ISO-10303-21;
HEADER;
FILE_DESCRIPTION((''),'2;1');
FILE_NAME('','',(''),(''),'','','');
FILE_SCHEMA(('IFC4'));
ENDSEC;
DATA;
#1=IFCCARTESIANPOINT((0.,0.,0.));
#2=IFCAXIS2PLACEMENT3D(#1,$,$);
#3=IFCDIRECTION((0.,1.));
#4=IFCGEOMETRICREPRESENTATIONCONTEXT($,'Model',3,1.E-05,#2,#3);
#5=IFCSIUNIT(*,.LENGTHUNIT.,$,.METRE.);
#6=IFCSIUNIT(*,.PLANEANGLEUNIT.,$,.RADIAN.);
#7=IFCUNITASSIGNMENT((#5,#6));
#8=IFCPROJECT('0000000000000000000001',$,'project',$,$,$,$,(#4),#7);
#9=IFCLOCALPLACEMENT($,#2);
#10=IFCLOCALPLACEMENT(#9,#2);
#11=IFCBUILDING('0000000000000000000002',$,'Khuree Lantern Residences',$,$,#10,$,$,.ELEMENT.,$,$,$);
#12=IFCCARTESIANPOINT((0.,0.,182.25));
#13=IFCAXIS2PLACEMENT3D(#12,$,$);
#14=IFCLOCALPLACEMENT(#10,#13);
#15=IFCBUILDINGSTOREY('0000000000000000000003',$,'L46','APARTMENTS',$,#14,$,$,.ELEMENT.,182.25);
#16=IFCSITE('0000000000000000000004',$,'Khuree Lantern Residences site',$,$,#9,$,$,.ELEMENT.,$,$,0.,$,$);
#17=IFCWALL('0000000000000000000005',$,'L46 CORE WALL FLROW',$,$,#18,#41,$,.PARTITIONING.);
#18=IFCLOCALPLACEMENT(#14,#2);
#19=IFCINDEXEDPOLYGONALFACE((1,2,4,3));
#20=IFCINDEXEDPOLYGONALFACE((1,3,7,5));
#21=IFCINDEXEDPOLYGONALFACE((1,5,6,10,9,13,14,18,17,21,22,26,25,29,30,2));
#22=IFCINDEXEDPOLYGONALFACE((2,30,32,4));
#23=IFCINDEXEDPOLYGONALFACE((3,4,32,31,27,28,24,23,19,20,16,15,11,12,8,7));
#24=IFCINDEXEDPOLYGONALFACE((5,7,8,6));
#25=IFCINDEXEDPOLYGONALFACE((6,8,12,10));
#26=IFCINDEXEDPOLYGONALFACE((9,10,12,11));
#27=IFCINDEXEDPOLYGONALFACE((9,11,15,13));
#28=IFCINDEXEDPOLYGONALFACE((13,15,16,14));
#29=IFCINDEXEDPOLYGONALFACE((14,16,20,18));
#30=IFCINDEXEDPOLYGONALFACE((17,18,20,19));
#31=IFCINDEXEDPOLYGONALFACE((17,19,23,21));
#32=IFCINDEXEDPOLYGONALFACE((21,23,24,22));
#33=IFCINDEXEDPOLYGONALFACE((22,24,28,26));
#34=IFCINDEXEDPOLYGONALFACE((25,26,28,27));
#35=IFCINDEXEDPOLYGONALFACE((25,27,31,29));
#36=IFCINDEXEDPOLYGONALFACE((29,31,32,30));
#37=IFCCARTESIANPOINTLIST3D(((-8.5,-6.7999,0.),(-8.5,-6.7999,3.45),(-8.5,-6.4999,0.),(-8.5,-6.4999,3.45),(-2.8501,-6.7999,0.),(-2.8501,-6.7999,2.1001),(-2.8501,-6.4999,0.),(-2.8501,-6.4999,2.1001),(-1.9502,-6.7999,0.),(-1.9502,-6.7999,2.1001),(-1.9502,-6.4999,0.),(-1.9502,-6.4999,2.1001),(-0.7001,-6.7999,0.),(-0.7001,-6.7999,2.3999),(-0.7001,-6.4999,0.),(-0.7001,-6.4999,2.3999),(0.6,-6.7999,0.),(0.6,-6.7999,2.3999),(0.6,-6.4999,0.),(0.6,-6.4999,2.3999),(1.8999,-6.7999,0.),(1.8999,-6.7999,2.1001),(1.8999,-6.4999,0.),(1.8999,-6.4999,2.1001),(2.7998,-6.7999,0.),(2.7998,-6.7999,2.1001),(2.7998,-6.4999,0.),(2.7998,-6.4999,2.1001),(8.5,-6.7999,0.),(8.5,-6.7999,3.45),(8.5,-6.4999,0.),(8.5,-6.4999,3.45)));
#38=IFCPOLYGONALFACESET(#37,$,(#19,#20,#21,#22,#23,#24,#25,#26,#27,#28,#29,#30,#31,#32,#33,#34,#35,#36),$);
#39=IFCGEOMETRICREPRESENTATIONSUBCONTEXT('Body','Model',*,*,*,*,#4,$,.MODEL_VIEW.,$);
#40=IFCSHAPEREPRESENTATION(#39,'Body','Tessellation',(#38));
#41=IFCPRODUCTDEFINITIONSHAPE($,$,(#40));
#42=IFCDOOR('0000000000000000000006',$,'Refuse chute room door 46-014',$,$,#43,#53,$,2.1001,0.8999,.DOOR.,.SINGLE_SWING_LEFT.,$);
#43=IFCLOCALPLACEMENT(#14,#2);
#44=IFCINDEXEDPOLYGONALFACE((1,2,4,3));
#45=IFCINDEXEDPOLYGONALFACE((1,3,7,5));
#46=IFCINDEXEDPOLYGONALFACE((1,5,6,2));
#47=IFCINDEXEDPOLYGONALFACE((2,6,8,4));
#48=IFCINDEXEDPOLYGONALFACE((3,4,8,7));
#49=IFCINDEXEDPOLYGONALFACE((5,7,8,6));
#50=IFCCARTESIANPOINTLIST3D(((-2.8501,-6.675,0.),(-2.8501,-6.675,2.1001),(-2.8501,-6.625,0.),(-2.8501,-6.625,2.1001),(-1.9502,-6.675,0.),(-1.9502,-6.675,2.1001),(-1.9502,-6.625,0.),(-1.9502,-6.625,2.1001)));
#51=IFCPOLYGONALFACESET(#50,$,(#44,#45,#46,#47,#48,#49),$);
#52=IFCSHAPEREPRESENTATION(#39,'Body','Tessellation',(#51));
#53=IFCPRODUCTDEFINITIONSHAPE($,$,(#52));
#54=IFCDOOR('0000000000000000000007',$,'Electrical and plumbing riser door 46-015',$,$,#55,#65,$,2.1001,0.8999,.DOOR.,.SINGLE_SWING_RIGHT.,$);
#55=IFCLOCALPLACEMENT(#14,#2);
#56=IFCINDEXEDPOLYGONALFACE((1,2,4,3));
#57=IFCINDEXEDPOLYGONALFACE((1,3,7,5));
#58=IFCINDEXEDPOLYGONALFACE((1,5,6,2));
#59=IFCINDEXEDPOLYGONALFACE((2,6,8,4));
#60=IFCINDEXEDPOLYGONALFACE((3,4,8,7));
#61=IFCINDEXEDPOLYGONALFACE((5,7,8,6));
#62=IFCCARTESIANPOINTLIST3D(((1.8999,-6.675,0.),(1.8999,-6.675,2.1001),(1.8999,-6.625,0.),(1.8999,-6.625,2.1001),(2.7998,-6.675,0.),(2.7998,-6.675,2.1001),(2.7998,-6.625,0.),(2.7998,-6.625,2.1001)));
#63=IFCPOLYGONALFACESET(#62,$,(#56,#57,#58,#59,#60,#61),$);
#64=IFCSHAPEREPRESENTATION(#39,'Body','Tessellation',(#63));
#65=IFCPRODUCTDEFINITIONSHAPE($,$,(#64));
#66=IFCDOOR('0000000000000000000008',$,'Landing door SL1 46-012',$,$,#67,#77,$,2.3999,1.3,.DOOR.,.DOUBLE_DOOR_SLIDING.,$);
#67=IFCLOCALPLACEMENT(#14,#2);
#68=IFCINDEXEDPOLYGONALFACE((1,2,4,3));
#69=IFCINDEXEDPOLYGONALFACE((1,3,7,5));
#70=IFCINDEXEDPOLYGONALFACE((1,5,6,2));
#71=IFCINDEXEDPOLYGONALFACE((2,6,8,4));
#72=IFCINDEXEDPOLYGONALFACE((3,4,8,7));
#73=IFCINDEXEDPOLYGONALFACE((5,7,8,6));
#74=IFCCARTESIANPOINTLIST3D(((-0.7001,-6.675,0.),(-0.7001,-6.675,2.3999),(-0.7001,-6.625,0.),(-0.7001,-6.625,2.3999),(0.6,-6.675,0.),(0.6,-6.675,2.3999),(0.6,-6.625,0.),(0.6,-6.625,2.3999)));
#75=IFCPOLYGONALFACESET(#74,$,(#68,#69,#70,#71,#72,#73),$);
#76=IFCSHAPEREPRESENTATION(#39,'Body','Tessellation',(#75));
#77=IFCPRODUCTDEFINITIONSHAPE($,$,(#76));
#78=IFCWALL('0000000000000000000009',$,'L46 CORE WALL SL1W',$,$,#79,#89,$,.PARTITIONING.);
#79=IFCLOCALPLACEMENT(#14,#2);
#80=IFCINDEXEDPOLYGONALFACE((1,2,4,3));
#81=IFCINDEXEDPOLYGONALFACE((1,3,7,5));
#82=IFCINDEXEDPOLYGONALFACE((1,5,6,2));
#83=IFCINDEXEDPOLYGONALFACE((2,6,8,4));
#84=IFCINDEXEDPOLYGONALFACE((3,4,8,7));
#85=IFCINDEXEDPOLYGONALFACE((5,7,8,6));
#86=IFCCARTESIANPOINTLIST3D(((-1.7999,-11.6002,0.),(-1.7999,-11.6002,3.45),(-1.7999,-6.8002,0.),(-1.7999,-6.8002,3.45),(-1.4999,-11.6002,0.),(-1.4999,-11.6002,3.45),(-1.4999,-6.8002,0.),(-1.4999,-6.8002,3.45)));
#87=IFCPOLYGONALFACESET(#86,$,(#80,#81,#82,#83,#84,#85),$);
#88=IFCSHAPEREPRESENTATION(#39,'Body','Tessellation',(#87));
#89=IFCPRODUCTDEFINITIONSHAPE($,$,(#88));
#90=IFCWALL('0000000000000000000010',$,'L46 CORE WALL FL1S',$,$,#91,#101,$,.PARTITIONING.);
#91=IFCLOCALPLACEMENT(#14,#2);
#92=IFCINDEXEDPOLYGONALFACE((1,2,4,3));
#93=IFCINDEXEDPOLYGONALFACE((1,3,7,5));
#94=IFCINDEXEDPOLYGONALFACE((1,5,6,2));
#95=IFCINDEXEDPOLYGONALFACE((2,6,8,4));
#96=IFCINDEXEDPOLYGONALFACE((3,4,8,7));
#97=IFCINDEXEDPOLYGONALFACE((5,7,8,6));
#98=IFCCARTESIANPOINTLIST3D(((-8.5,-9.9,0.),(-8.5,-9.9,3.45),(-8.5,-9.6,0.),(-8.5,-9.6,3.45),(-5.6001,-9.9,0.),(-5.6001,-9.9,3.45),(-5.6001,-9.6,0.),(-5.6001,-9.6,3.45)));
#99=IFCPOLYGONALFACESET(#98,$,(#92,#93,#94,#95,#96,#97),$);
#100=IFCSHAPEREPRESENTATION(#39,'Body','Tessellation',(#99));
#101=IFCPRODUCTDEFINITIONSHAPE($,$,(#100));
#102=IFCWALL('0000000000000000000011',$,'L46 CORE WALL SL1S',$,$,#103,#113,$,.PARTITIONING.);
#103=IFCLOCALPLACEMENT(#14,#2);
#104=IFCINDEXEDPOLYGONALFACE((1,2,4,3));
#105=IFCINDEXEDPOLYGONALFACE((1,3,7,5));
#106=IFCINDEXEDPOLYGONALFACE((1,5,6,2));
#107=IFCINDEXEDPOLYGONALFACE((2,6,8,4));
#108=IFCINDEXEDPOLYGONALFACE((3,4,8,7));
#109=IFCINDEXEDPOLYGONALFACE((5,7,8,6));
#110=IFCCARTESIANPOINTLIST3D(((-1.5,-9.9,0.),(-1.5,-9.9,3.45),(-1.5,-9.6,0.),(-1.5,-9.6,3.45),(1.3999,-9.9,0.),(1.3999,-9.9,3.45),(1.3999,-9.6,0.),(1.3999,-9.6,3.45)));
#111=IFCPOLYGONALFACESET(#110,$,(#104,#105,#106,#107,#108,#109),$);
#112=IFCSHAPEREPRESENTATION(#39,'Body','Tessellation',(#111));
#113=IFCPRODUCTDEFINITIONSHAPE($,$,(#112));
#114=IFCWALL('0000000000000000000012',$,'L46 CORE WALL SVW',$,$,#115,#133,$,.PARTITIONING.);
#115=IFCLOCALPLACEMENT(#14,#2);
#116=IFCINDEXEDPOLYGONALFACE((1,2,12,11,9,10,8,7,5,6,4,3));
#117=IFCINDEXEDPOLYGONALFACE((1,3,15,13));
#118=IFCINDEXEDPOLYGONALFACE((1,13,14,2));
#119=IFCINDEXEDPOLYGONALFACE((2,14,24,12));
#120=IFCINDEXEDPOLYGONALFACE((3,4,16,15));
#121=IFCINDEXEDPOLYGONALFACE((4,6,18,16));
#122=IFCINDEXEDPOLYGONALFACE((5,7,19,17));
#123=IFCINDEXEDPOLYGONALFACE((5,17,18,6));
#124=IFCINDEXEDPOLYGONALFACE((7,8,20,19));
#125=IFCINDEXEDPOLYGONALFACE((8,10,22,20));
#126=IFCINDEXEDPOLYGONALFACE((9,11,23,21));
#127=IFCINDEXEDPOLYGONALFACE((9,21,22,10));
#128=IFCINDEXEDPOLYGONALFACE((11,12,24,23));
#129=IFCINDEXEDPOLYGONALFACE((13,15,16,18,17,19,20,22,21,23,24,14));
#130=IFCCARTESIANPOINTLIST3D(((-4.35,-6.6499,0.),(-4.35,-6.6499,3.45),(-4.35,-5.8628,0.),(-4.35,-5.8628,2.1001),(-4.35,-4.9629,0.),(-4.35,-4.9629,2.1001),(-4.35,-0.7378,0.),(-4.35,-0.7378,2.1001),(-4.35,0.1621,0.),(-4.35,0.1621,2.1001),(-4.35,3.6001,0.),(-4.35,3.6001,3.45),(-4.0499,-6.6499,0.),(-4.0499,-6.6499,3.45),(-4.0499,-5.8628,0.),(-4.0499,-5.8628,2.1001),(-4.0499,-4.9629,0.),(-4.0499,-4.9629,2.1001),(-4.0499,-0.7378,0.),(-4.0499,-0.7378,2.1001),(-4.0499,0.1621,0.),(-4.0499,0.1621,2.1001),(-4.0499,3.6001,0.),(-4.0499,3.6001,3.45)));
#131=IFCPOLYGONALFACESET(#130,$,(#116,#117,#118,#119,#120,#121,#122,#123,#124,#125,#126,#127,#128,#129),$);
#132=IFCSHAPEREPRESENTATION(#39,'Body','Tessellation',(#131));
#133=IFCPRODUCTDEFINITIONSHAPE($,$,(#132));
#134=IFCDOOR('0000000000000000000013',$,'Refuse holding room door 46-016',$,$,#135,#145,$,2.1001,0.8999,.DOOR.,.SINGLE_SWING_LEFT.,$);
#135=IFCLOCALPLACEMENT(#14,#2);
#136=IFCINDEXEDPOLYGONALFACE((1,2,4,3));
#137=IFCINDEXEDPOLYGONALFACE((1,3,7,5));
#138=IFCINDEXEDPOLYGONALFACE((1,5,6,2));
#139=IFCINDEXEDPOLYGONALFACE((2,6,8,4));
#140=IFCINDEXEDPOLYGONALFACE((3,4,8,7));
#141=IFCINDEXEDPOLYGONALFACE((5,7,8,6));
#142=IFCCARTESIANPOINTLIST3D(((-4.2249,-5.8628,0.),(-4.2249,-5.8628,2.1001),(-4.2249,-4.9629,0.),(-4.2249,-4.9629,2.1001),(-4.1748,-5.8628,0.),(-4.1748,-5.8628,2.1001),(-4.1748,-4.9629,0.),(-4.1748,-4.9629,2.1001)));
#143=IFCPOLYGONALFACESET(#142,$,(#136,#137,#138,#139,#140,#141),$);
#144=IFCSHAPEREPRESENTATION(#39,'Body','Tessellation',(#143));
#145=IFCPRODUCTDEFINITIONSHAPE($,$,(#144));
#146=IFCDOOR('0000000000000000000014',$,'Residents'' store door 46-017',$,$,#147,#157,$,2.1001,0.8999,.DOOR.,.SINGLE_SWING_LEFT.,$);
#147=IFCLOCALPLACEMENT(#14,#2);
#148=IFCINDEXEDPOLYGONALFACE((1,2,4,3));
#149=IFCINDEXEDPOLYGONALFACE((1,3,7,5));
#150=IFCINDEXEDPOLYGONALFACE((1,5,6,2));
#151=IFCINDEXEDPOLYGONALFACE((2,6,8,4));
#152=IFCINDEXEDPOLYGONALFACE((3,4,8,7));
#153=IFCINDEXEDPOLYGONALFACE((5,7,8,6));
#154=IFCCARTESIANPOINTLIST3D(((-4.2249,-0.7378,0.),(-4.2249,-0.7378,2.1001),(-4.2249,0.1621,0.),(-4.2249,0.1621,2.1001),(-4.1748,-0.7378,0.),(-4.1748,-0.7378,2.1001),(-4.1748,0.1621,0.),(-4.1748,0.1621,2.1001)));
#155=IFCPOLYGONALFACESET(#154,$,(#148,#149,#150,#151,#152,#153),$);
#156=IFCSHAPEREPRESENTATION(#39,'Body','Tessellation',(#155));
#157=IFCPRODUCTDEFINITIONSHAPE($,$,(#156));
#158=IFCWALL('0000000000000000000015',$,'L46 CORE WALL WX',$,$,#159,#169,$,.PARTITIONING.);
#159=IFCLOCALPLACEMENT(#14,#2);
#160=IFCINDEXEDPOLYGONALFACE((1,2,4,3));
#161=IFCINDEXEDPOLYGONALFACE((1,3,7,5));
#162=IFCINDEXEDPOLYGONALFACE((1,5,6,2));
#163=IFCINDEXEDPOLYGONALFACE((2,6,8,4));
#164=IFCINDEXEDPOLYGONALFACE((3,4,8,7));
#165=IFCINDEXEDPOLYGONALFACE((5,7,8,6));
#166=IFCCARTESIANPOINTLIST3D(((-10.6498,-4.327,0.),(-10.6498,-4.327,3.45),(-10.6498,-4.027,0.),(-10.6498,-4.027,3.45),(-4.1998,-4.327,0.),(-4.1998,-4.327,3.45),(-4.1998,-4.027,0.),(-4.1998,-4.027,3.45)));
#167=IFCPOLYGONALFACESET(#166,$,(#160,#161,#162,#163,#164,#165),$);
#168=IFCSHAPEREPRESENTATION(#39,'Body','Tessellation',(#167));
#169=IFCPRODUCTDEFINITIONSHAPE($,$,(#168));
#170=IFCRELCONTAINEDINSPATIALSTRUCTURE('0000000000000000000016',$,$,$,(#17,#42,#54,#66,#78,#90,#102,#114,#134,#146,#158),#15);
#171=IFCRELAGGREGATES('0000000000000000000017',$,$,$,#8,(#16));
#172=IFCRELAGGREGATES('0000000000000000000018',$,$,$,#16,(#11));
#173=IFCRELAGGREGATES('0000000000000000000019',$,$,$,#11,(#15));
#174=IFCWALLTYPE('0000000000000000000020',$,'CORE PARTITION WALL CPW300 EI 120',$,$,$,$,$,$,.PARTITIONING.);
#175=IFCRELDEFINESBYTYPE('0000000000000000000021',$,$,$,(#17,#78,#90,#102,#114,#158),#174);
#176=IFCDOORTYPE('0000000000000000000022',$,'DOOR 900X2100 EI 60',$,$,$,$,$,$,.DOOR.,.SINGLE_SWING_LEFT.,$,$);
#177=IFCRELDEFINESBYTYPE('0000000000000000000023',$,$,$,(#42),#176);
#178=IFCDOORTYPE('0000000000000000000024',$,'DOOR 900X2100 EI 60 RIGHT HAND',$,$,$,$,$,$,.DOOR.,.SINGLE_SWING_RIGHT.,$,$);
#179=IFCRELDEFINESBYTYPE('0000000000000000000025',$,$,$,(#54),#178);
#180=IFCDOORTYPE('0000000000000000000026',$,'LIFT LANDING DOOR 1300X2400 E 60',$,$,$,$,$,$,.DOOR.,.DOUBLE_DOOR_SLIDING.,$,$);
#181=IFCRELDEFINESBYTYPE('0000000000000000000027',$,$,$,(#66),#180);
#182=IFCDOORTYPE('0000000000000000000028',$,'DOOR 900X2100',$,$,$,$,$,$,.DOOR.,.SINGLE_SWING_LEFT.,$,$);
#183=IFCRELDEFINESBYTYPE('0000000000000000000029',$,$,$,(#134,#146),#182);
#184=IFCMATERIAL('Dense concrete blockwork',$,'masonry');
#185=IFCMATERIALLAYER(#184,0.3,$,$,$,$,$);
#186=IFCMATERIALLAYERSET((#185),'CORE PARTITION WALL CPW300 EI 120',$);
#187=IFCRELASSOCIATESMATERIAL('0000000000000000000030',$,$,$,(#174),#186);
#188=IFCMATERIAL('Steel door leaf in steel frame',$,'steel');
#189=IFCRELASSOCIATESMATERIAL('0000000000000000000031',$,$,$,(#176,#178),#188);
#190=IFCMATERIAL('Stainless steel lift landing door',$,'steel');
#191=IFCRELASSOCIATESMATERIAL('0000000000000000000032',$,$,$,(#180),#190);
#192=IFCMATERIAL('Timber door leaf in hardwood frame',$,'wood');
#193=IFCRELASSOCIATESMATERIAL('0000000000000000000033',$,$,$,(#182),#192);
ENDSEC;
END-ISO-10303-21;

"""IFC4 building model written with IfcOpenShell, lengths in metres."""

from ifc_helpers import new_model, si_unit, direction, frame, frame_2d, origin, place, context, subcontext, project, spatial, rectangle, extrude, material, layer, layer_set, type_object, element, fill, save


model = new_model("IFC4")

# Units and contexts
model_context = context("Model", 3, precision=1e-05, world=origin(), true_north=direction((0.0, 1.0)))
body_context = subcontext(model_context, "Body", "Model", "MODEL_VIEW")
ifc_project = project(units=[si_unit("LENGTHUNIT", "METRE"), si_unit("PLANEANGLEUNIT", "RADIAN")], contexts=[model_context])

# Site, building, storey
site_placement = place(None, origin())
site = spatial("IfcSite", under=ifc_project, at=site_placement, Name="Khuree Lantern Residences site", CompositionType="ELEMENT", RefElevation=0.0)
building_placement = place(site_placement, origin())
building = spatial("IfcBuilding", under=site, at=building_placement, Name="Khuree Lantern Residences", CompositionType="ELEMENT")
storey_placement = place(building_placement, frame((0.0, 0.0, 182.25)))
storey = spatial("IfcBuildingStorey", under=building, at=storey_placement, Name="L46", Description="APARTMENTS", CompositionType="ELEMENT", Elevation=182.25)

# Wall, openings, doors
ifc_material_1 = material(Name="Dense concrete blockwork", Category="masonry")
ifc_layer_1 = layer(ifc_material_1, 0.3)
ifc_layer_set_1 = layer_set([ifc_layer_1], Name="CORE PARTITION WALL CPW300 EI 120")
wall_type_1 = type_object("IfcWallType", Name="CORE PARTITION WALL CPW300 EI 120", PredefinedType="PARTITIONING", material=ifc_layer_set_1)
wall_1_placement = place(storey_placement, frame((-8.5, -6.6499, 0.0), z_axis=(0.0, 0.0, 1.0), x_axis=(1.0, 0.0, 0.0)))
wall_1 = element("IfcWall", 1, at=wall_1_placement, inside=storey, type_object=wall_type_1, Name="L46 CORE WALL FLROW", PredefinedType="PARTITIONING", context=body_context, shape_type="SweptSolid", body=[
    extrude(rectangle(XDim=17.0, YDim=0.3, at=frame_2d((8.5, 0.0))), origin(), (0.0, 0.0, 1.0), 3.45),
])
opening_1_placement = place(wall_1_placement, frame((7.8, 0.0, 0.0)))
opening_1 = element("IfcOpeningElement", 2, at=opening_1_placement, cuts=wall_1, PredefinedType="OPENING", context=body_context, shape_type="SweptSolid", body=[
    extrude(rectangle(XDim=1.3, YDim=2.3999, at=frame_2d((0.6499, 1.2))), frame((0.0, 0.1602, 0.0), z_axis=(0.0, -1.0, 0.0), x_axis=(1.0, 0.0, 0.0)), (0.0, 0.0, 1.0), 0.3201),
])
opening_2_placement = place(wall_1_placement, frame((5.6499, 0.0, 0.0)))
opening_2 = element("IfcOpeningElement", 3, at=opening_2_placement, cuts=wall_1, PredefinedType="OPENING", context=body_context, shape_type="SweptSolid", body=[
    extrude(rectangle(XDim=0.8999, YDim=2.1001, at=frame_2d((0.45, 1.05))), frame((0.0, 0.1602, 0.0), z_axis=(0.0, -1.0, 0.0), x_axis=(1.0, 0.0, 0.0)), (0.0, 0.0, 1.0), 0.3201),
])
opening_3_placement = place(wall_1_placement, frame((10.3999, 0.0, 0.0)))
opening_3 = element("IfcOpeningElement", 4, at=opening_3_placement, cuts=wall_1, PredefinedType="OPENING", context=body_context, shape_type="SweptSolid", body=[
    extrude(rectangle(XDim=0.8999, YDim=2.1001, at=frame_2d((0.45, 1.05))), frame((0.0, 0.1602, 0.0), z_axis=(0.0, -1.0, 0.0), x_axis=(1.0, 0.0, 0.0)), (0.0, 0.0, 1.0), 0.3201),
])
ifc_material_2 = material(Name="Steel door leaf in steel frame", Category="steel")
door_type_1 = type_object("IfcDoorType", Name="DOOR 900X2100 EI 60", OperationType="SINGLE_SWING_LEFT", PredefinedType="DOOR", material=ifc_material_2)
door_1_placement = place(opening_2_placement, origin())
door_1 = element("IfcDoor", 5, at=door_1_placement, inside=storey, type_object=door_type_1, Name="Refuse chute room door 46-014", OperationType="SINGLE_SWING_LEFT", OverallHeight=2.1001, OverallWidth=0.8999, PredefinedType="DOOR", context=body_context, shape_type="SweptSolid", body=[
    extrude(rectangle(XDim=0.8999, YDim=2.1001, at=frame_2d((0.45, 1.05))), frame((0.0, 0.0249, 0.0), z_axis=(0.0, -1.0, 0.0), x_axis=(1.0, 0.0, 0.0)), (0.0, 0.0, 1.0), 0.05),
])
fill(opening_2, door_1)
door_type_2 = type_object("IfcDoorType", Name="DOOR 900X2100 EI 60 RIGHT HAND", OperationType="SINGLE_SWING_RIGHT", PredefinedType="DOOR", material=ifc_material_2)
door_2_placement = place(opening_3_placement, origin())
door_2 = element("IfcDoor", 6, at=door_2_placement, inside=storey, type_object=door_type_2, Name="Electrical and plumbing riser door 46-015", OperationType="SINGLE_SWING_RIGHT", OverallHeight=2.1001, OverallWidth=0.8999, PredefinedType="DOOR", context=body_context, shape_type="SweptSolid", body=[
    extrude(rectangle(XDim=0.8999, YDim=2.1001, at=frame_2d((0.45, 1.05))), frame((0.0, 0.0249, 0.0), z_axis=(0.0, -1.0, 0.0), x_axis=(1.0, 0.0, 0.0)), (0.0, 0.0, 1.0), 0.05),
])
fill(opening_3, door_2)
ifc_material_3 = material(Name="Stainless steel lift landing door", Category="steel")
door_type_3 = type_object("IfcDoorType", Name="LIFT LANDING DOOR 1300X2400 E 60", OperationType="DOUBLE_DOOR_SLIDING", PredefinedType="DOOR", material=ifc_material_3)
door_3_placement = place(opening_1_placement, origin())
door_3 = element("IfcDoor", 7, at=door_3_placement, inside=storey, type_object=door_type_3, Name="Landing door SL1 46-012", OperationType="DOUBLE_DOOR_SLIDING", OverallHeight=2.3999, OverallWidth=1.3, PredefinedType="DOOR", context=body_context, shape_type="SweptSolid", body=[
    extrude(rectangle(XDim=1.3, YDim=2.3999, at=frame_2d((0.6499, 1.2))), frame((0.0, 0.0249, 0.0), z_axis=(0.0, -1.0, 0.0), x_axis=(1.0, 0.0, 0.0)), (0.0, 0.0, 1.0), 0.05),
])
fill(opening_1, door_3)

# Walls
wall_2_placement = place(storey_placement, frame((-1.6499, -11.6001, 0.0), z_axis=(0.0, 0.0, 1.0), x_axis=(0.0, 1.0, 0.0)))
element("IfcWall", 8, at=wall_2_placement, inside=storey, type_object=wall_type_1, Name="L46 CORE WALL SL1W", PredefinedType="PARTITIONING", context=body_context, shape_type="SweptSolid", body=[
    extrude(rectangle(XDim=4.8, YDim=0.3, at=frame_2d((2.3999, 0.0))), origin(), (0.0, 0.0, 1.0), 3.45),
])
for number, where, z_axis, x_axis, name in (
    (9, (-8.5, -9.75, 0.0), (0.0, 0.0, 1.0), (1.0, 0.0, 0.0), "L46 CORE WALL FL1S"),
    (10, (-1.5, -9.75, 0.0), (0.0, 0.0, 1.0), (1.0, 0.0, 0.0), "L46 CORE WALL SL1S"),
):
    element("IfcWall", number, at=place(storey_placement, frame(where, z_axis=z_axis, x_axis=x_axis)), inside=storey, type_object=wall_type_1, Name=name, PredefinedType="PARTITIONING", context=body_context, shape_type="SweptSolid", body=[
        extrude(rectangle(XDim=2.8999, YDim=0.3, at=frame_2d((1.45, 0.0))), origin(), (0.0, 0.0, 1.0), 3.45),
    ])

# Wall, openings, doors
wall_3_placement = place(storey_placement, frame((-4.2, -6.6499, 0.0), z_axis=(0.0, 0.0, 1.0), x_axis=(0.0, 1.0, 0.0)))
wall_3 = element("IfcWall", 11, at=wall_3_placement, inside=storey, type_object=wall_type_1, Name="L46 CORE WALL SVW", PredefinedType="PARTITIONING", context=body_context, shape_type="SweptSolid", body=[
    extrude(rectangle(XDim=10.25, YDim=0.3, at=frame_2d((5.125, 0.0))), origin(), (0.0, 0.0, 1.0), 3.45),
])
opening_4_placement = place(wall_3_placement, frame((0.7871, 0.0, 0.0)))
opening_4 = element("IfcOpeningElement", 12, at=opening_4_placement, cuts=wall_3, PredefinedType="OPENING", context=body_context, shape_type="SweptSolid", body=[
    extrude(rectangle(XDim=0.8999, YDim=2.1001, at=frame_2d((0.45, 1.05))), frame((0.0, 0.1602, 0.0), z_axis=(0.0, -1.0, 0.0), x_axis=(1.0, 0.0, 0.0)), (0.0, 0.0, 1.0), 0.3201),
])
opening_5_placement = place(wall_3_placement, frame((5.9121, 0.0, 0.0)))
opening_5 = element("IfcOpeningElement", 13, at=opening_5_placement, cuts=wall_3, PredefinedType="OPENING", context=body_context, shape_type="SweptSolid", body=[
    extrude(rectangle(XDim=0.8999, YDim=2.1001, at=frame_2d((0.45, 1.05))), frame((0.0, 0.1602, 0.0), z_axis=(0.0, -1.0, 0.0), x_axis=(1.0, 0.0, 0.0)), (0.0, 0.0, 1.0), 0.3201),
])
ifc_material_4 = material(Name="Timber door leaf in hardwood frame", Category="wood")
door_type_4 = type_object("IfcDoorType", Name="DOOR 900X2100", OperationType="SINGLE_SWING_LEFT", PredefinedType="DOOR", material=ifc_material_4)
door_4_placement = place(opening_4_placement, origin())
door_4 = element("IfcDoor", 14, at=door_4_placement, inside=storey, type_object=door_type_4, Name="Refuse holding room door 46-016", OperationType="SINGLE_SWING_LEFT", OverallHeight=2.1001, OverallWidth=0.8999, PredefinedType="DOOR", context=body_context, shape_type="SweptSolid", body=[
    extrude(rectangle(XDim=0.8999, YDim=2.1001, at=frame_2d((0.45, 1.05))), frame((0.0, 0.0249, 0.0), z_axis=(0.0, -1.0, 0.0), x_axis=(1.0, 0.0, 0.0)), (0.0, 0.0, 1.0), 0.05),
])
fill(opening_4, door_4)
door_5_placement = place(opening_5_placement, origin())
door_5 = element("IfcDoor", 15, at=door_5_placement, inside=storey, type_object=door_type_4, Name="Residents' store door 46-017", OperationType="SINGLE_SWING_LEFT", OverallHeight=2.1001, OverallWidth=0.8999, PredefinedType="DOOR", context=body_context, shape_type="SweptSolid", body=[
    extrude(rectangle(XDim=0.8999, YDim=2.1001, at=frame_2d((0.45, 1.05))), frame((0.0, 0.0249, 0.0), z_axis=(0.0, -1.0, 0.0), x_axis=(1.0, 0.0, 0.0)), (0.0, 0.0, 1.0), 0.05),
])
fill(opening_5, door_5)

# Wall
wall_4_placement = place(storey_placement, frame((-10.6499, -4.177, 0.0), z_axis=(0.0, 0.0, 1.0), x_axis=(1.0, 0.0, 0.0)))
element("IfcWall", 16, at=wall_4_placement, inside=storey, type_object=wall_type_1, Name="L46 CORE WALL WX", PredefinedType="PARTITIONING", context=body_context, shape_type="SweptSolid", body=[
    extrude(rectangle(XDim=6.45, YDim=0.3, at=frame_2d((3.2251, 0.0))), origin(), (0.0, 0.0, 1.0), 3.45),
])

save(model, "model.ifc")
